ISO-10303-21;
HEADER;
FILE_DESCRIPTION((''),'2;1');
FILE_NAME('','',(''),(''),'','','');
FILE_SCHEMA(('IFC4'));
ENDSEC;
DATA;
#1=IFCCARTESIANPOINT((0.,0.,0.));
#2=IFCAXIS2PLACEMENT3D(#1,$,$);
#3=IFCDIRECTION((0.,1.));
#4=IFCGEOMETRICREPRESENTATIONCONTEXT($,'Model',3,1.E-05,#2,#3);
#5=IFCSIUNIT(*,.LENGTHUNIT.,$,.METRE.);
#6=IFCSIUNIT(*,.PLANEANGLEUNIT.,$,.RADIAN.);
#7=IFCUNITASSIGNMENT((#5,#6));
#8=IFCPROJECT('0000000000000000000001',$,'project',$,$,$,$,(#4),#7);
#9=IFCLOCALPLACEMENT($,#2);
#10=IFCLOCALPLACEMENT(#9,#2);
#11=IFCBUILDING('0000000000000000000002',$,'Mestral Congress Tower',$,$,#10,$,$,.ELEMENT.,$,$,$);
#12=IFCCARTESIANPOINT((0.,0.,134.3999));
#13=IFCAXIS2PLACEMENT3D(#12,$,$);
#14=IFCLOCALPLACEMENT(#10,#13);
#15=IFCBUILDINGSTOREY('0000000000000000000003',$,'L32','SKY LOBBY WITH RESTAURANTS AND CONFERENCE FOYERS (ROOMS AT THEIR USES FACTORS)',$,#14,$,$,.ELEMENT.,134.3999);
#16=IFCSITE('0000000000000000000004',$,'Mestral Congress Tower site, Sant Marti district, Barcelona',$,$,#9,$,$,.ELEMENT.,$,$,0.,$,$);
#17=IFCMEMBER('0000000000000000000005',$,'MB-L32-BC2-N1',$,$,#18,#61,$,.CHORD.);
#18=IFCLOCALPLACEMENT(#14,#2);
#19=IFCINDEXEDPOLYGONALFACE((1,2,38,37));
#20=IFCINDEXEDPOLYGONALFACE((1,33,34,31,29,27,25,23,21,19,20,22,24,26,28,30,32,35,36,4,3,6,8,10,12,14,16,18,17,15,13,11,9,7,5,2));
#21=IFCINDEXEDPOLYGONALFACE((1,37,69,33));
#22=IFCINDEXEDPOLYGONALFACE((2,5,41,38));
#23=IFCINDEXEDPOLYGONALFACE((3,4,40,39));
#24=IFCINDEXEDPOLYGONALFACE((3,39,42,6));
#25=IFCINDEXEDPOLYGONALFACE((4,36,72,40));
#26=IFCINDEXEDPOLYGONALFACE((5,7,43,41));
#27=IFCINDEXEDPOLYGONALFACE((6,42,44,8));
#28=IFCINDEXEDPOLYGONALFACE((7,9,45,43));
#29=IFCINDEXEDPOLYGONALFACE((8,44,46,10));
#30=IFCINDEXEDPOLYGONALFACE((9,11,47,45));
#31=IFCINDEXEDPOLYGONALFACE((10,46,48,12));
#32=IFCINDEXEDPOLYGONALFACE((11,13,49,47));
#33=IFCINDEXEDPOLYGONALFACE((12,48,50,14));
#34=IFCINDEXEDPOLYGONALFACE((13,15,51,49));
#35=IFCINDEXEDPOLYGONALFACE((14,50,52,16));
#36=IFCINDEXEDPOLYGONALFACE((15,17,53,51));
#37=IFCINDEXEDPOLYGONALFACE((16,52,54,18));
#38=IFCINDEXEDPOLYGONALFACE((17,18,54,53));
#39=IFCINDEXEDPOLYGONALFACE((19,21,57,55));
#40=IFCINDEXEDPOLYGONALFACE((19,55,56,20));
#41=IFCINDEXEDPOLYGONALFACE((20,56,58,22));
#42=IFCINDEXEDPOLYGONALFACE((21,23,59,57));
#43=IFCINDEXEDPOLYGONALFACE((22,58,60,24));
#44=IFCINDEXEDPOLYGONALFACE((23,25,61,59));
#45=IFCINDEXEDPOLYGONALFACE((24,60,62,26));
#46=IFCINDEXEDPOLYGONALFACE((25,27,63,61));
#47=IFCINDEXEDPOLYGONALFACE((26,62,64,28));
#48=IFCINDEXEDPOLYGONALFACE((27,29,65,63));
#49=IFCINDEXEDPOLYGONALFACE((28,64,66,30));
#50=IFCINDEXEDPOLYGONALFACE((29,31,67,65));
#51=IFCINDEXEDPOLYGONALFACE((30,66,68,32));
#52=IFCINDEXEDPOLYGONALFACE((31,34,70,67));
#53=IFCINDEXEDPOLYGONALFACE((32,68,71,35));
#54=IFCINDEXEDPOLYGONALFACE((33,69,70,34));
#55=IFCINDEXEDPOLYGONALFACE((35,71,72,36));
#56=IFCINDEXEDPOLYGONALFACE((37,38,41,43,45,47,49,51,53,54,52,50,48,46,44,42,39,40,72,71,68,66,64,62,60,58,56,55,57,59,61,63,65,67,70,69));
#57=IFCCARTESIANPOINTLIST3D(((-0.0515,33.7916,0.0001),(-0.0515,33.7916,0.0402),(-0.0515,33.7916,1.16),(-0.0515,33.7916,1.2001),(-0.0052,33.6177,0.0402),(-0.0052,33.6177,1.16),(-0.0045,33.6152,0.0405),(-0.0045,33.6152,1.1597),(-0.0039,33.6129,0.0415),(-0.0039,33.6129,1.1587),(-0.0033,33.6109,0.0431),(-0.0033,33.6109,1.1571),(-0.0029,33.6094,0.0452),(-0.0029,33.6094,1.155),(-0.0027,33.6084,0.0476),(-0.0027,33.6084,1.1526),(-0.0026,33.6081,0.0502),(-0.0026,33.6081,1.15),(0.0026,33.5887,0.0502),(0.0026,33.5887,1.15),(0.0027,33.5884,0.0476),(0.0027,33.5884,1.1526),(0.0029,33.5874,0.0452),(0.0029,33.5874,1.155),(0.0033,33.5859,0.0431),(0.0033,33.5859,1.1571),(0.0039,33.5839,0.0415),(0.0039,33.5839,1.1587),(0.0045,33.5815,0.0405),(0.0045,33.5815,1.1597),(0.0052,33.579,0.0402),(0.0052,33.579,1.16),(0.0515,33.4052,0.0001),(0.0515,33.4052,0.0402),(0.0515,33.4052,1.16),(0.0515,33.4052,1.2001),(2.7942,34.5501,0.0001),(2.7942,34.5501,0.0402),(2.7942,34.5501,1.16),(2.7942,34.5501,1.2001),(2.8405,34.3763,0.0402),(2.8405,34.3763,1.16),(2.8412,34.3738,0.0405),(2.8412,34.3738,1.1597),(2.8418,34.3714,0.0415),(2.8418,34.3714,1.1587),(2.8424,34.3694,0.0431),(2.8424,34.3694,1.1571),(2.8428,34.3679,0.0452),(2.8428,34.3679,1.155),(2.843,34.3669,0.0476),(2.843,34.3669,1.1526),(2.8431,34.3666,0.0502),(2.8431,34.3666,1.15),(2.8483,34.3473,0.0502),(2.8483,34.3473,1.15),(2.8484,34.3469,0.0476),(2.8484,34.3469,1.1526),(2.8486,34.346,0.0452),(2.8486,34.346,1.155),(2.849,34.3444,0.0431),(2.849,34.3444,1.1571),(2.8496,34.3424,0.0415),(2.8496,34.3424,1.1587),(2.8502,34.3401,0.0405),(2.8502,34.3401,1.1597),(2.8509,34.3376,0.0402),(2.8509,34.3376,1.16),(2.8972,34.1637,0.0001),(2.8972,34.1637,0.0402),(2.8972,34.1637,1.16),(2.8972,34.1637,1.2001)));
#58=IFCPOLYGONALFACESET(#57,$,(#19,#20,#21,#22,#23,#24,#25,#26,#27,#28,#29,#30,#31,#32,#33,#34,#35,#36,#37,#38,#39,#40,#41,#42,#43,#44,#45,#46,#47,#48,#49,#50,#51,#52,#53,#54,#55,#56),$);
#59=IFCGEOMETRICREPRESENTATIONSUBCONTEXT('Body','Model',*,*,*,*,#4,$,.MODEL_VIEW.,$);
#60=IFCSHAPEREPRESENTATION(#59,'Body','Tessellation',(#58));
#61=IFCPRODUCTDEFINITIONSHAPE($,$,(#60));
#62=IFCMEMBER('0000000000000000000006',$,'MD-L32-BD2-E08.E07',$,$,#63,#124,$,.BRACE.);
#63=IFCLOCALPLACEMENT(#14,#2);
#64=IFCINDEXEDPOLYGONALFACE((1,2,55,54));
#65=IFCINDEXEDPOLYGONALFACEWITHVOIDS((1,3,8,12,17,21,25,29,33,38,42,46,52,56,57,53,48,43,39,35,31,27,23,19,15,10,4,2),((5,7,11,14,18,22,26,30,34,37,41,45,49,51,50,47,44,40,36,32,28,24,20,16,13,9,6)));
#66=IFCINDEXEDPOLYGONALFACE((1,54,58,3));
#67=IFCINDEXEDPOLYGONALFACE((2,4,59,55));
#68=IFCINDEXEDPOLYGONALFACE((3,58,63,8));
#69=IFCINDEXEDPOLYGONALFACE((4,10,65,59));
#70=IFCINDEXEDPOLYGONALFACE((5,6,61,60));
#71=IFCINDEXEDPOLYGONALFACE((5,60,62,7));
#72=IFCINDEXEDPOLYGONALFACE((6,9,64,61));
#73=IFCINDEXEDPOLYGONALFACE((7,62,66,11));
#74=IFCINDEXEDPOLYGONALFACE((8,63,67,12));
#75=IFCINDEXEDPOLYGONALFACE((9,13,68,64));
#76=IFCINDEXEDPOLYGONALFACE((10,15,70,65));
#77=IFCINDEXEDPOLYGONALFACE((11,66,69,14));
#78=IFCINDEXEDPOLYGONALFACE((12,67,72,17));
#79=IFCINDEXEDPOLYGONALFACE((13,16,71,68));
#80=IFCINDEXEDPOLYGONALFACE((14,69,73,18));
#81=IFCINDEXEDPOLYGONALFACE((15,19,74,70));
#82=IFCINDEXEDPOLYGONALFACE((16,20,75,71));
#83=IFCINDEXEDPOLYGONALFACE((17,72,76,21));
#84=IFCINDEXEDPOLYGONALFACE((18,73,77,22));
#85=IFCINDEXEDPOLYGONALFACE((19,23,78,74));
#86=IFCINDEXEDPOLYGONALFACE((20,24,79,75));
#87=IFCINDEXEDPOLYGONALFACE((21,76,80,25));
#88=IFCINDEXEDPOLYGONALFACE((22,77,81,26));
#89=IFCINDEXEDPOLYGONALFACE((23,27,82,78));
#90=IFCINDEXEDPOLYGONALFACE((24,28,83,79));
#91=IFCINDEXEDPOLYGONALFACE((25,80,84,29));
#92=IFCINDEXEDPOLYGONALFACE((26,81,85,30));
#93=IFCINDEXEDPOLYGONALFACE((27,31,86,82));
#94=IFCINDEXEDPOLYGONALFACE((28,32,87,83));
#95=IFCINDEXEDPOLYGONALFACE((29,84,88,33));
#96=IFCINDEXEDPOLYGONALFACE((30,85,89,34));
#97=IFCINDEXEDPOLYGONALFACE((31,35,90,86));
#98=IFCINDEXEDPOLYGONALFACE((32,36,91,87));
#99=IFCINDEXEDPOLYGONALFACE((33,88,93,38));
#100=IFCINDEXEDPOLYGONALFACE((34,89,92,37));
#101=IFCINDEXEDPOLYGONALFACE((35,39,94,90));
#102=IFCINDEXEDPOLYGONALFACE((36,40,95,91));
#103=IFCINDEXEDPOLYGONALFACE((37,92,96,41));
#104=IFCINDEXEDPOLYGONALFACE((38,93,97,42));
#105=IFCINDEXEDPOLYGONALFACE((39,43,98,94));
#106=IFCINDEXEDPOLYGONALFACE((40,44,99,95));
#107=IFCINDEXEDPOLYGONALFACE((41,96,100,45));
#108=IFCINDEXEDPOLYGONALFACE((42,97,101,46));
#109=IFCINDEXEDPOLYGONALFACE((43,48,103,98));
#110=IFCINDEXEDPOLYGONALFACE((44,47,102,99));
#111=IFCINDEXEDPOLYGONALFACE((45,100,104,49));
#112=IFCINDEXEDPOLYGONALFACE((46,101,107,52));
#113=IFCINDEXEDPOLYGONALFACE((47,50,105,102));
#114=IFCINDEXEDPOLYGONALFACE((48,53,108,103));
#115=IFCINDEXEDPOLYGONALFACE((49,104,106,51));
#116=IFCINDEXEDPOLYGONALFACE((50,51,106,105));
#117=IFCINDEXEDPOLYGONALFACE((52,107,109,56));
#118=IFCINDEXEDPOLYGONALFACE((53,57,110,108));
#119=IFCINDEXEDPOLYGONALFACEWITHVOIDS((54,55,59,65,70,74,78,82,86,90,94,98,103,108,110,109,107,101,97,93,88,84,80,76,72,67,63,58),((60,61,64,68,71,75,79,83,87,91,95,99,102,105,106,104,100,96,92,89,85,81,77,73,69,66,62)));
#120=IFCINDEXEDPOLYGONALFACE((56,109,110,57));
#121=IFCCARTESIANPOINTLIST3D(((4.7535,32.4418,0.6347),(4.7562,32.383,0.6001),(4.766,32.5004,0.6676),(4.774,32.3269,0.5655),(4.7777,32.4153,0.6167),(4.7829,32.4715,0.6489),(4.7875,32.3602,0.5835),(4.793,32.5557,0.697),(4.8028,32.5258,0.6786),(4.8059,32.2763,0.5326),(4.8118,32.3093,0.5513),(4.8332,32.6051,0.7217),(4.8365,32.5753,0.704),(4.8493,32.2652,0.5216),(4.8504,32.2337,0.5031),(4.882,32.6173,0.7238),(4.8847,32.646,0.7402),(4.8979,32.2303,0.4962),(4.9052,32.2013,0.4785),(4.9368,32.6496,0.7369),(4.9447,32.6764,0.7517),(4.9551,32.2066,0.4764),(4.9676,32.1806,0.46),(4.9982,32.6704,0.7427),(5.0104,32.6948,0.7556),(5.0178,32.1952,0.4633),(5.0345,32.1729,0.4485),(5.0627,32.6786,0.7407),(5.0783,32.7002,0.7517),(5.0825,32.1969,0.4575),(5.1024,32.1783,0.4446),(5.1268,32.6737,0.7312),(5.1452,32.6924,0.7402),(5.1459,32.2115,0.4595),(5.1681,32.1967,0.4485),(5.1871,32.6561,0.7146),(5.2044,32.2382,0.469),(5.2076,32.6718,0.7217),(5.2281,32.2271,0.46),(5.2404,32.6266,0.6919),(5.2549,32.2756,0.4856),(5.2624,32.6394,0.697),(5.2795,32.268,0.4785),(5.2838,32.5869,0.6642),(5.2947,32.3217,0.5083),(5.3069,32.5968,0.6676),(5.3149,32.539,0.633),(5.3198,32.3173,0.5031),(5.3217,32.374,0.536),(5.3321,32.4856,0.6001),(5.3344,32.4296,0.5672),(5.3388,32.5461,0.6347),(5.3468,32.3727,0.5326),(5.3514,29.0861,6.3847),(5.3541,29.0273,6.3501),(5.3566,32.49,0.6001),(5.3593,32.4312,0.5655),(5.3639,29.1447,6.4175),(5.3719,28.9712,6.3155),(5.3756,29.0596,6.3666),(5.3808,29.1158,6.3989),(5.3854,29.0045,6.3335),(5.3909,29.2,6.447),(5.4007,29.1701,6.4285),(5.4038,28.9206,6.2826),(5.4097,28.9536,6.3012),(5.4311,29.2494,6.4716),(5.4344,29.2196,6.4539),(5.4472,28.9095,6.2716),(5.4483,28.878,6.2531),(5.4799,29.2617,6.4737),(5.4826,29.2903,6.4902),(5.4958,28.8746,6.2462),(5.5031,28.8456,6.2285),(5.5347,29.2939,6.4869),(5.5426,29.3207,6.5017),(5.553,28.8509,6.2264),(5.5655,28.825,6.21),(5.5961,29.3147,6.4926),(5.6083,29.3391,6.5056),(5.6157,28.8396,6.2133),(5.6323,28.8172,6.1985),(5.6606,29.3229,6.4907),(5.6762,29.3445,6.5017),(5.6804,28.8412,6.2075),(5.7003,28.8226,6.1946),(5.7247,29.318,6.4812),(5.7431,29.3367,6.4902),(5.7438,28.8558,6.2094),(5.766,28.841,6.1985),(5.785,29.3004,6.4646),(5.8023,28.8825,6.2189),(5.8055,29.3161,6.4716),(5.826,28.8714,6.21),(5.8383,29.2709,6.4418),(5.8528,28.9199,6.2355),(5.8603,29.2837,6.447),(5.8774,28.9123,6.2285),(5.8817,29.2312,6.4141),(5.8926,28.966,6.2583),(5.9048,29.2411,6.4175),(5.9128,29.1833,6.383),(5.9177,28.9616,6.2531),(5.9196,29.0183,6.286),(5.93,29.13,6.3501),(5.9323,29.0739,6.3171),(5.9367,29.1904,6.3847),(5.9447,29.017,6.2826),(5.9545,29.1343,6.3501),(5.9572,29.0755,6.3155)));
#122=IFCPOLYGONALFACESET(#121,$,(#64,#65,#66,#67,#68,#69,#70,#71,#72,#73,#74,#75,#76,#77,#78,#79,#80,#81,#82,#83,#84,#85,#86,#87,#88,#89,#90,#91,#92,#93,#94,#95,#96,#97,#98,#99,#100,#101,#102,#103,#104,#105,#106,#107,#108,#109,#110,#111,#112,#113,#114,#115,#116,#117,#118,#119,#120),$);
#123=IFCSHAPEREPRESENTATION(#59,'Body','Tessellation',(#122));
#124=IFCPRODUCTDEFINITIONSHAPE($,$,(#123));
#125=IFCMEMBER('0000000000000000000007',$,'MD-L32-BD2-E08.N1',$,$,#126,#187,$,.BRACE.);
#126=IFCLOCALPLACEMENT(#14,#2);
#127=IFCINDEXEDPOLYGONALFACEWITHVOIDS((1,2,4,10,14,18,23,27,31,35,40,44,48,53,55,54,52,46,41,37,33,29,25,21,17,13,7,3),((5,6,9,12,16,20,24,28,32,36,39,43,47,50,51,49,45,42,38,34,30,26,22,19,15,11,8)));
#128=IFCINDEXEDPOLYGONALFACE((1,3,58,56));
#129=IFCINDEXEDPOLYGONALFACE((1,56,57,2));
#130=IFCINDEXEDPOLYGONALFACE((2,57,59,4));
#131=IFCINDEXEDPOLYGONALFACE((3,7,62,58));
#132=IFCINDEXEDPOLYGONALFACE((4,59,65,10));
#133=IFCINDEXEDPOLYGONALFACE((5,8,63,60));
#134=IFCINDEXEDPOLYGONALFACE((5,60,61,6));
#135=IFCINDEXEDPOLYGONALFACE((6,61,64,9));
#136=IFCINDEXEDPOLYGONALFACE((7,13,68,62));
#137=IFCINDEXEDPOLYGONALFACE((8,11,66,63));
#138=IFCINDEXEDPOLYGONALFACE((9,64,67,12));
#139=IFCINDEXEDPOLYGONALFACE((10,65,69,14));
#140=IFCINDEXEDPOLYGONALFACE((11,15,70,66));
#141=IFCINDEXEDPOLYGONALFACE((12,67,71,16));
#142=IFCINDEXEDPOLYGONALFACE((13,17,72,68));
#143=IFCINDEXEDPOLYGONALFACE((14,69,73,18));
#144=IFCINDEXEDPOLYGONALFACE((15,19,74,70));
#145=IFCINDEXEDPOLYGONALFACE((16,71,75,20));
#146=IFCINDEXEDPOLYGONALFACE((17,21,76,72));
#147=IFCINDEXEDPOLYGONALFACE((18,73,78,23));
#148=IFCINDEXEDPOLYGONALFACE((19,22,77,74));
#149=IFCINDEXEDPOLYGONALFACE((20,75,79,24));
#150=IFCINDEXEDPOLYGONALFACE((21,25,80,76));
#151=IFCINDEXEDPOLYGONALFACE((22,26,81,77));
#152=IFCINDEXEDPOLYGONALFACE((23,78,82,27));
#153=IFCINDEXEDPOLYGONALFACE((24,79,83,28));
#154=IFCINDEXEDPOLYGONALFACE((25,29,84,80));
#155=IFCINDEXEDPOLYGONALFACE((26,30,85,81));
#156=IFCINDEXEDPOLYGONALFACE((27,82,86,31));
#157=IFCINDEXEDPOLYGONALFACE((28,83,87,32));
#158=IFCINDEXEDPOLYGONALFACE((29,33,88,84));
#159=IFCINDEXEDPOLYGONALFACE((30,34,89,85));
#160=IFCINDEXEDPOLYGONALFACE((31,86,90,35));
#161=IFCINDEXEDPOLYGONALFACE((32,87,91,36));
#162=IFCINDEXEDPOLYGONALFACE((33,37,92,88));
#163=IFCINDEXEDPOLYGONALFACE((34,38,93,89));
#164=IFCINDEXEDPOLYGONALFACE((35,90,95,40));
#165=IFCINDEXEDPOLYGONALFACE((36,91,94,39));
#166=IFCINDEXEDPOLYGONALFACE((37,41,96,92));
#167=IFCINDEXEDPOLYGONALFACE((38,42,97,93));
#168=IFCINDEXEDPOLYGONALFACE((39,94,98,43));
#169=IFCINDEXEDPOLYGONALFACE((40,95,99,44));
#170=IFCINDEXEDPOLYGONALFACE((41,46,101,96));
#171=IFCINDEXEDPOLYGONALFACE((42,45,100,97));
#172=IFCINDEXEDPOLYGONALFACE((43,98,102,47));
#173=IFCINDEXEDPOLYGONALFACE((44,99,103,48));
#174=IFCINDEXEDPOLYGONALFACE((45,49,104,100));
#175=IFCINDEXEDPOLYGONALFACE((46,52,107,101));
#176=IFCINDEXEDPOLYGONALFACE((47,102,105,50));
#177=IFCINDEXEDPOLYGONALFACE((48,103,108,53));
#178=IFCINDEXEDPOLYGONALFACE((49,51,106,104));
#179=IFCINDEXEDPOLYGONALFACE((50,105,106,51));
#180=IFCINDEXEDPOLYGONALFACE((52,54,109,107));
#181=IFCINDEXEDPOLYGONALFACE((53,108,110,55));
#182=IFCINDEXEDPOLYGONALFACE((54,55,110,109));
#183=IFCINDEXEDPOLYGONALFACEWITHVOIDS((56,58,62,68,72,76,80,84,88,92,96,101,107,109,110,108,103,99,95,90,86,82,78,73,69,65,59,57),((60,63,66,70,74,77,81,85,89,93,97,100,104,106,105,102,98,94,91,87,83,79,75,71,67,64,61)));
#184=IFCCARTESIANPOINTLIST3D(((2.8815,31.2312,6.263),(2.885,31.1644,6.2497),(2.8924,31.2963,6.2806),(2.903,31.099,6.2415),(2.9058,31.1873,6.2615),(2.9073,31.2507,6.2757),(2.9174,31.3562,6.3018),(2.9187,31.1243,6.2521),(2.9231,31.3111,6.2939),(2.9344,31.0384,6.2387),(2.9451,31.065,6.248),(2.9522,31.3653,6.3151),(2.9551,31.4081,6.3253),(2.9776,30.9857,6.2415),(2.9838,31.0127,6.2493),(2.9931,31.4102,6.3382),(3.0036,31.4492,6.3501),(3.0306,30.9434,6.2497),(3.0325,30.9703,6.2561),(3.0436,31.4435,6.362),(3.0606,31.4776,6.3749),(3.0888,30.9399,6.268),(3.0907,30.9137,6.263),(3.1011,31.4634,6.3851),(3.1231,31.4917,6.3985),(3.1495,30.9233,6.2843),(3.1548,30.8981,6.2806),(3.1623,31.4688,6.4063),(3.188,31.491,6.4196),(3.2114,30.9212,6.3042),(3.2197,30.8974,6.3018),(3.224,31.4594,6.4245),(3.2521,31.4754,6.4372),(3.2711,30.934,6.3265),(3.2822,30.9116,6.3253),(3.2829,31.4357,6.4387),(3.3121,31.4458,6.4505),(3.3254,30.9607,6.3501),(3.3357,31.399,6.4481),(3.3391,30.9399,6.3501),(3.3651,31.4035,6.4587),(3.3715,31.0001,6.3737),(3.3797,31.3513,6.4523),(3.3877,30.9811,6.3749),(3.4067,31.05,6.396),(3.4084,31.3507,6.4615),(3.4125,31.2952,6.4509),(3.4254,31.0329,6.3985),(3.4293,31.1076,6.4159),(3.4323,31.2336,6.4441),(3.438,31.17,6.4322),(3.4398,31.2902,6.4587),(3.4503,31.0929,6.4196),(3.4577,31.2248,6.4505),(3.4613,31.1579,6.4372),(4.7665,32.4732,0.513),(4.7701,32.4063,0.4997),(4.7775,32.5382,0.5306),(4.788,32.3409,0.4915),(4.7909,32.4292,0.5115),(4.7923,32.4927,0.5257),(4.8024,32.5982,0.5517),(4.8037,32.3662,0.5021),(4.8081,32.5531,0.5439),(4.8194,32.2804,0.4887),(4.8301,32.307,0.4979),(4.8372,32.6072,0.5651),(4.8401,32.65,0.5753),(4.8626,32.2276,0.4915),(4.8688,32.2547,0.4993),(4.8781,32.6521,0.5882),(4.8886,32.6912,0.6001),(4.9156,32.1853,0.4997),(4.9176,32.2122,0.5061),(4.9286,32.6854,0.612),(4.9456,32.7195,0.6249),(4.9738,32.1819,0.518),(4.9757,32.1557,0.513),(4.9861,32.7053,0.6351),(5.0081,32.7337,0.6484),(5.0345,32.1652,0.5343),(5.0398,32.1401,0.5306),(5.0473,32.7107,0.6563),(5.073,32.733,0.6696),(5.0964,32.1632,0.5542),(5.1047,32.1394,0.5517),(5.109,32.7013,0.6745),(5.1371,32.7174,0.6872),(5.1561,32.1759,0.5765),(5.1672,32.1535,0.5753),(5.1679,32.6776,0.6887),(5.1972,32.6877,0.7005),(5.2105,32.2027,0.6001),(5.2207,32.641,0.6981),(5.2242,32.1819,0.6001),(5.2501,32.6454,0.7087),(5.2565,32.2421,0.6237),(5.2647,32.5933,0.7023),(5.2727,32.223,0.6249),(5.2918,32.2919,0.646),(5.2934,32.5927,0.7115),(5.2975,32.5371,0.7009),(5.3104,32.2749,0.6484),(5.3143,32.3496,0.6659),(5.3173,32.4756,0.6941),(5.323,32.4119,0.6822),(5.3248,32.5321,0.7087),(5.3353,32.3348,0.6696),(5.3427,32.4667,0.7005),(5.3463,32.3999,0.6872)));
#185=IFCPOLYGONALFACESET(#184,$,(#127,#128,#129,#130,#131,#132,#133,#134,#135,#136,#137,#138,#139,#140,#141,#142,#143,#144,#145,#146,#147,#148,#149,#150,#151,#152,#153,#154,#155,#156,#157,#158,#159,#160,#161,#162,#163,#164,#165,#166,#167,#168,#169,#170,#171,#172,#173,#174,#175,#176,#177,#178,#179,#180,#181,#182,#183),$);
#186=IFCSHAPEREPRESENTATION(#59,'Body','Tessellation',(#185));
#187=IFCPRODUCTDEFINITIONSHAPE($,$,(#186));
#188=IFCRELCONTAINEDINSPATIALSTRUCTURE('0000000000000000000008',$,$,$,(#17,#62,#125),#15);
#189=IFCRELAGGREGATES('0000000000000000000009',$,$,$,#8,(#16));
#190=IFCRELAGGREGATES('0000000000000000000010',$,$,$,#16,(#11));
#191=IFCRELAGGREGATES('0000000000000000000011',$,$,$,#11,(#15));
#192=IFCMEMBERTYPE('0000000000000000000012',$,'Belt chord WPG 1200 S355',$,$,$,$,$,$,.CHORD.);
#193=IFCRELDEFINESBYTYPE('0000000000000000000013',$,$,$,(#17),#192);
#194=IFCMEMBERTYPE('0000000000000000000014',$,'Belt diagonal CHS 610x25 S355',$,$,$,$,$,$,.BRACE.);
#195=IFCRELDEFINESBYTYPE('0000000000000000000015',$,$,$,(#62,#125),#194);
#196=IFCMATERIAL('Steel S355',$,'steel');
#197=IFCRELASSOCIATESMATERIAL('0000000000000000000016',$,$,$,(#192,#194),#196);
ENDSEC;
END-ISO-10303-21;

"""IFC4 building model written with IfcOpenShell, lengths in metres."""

from ifc_helpers import new_model, si_unit, direction, frame, origin, origin_2d, place, context, subcontext, project, spatial, hollow_circle, i_section, extrude, material, material_profile, profile_set, type_object, element, save


model = new_model("IFC4")

# Units and contexts
model_context = context("Model", 3, precision=1e-05, world=origin(), true_north=direction((0.0, 1.0)))
body_context = subcontext(model_context, "Body", "Model", "MODEL_VIEW")
ifc_project = project(units=[si_unit("LENGTHUNIT", "METRE"), si_unit("PLANEANGLEUNIT", "RADIAN")], contexts=[model_context])

# Site, building, storey
site_placement = place(None, origin())
site = spatial("IfcSite", under=ifc_project, at=site_placement, Name="Mestral Congress Tower site, Sant Marti district, Barcelona", CompositionType="ELEMENT", RefElevation=0.0)
building_placement = place(site_placement, origin())
building = spatial("IfcBuilding", under=site, at=building_placement, Name="Mestral Congress Tower", CompositionType="ELEMENT")
storey_placement = place(building_placement, frame((0.0, 0.0, 134.3999)))
storey = spatial("IfcBuildingStorey", under=building, at=storey_placement, Name="L32", Description="SKY LOBBY WITH RESTAURANTS AND CONFERENCE FOYERS (ROOMS AT THEIR USES FACTORS)", CompositionType="ELEMENT", Elevation=134.3999)

# Members
ifc_material_1 = material(Name="Steel S355", Category="steel")
ifc_material_profile_1 = material_profile(ifc_material_1, i_section(OverallWidth=0.3999, OverallDepth=1.2, WebThickness=0.02, FlangeThickness=0.04, FilletRadius=0.01, at=origin_2d()), Name="WPG 1200")
ifc_profile_set_1 = profile_set([ifc_material_profile_1], Name="Steel S355")
member_type_1 = type_object("IfcMemberType", Name="Belt chord WPG 1200 S355", PredefinedType="CHORD", material=ifc_profile_set_1)
member_1_placement = place(storey_placement, frame((2.8457, 34.3569, 0.6001), z_axis=(-0.966261, -0.257565, 0.0), x_axis=(0.257565, -0.966261, 0.0)))
element("IfcMember", 1, at=member_1_placement, inside=storey, type_object=member_type_1, Name="MB-L32-BC2-N1", PredefinedType="CHORD", context=body_context, shape_type="SweptSolid", body=[
    extrude(i_section(OverallWidth=0.3999, OverallDepth=1.2, WebThickness=0.02, FlangeThickness=0.04, FilletRadius=0.01, at=origin_2d()), origin(), (0.0, 0.0, 1.0), 2.9451),
])
ifc_material_profile_2 = material_profile(ifc_material_1, hollow_circle(Radius=0.3049, WallThickness=0.0249, at=origin_2d()), Name="CHS 610x25")
ifc_profile_set_2 = profile_set([ifc_material_profile_2], Name="Steel S355")
member_type_2 = type_object("IfcMemberType", Name="Belt diagonal CHS 610x25 S355", PredefinedType="BRACE", material=ifc_profile_set_2)
member_2_placement = place(storey_placement, frame((5.0564, 32.4365, 0.6001), z_axis=(0.089448, -0.502024, 0.860216), x_axis=(0.984495, 0.175411, 0.0)))
element("IfcMember", 2, at=member_2_placement, inside=storey, type_object=member_type_2, Name="MD-L32-BD2-E08.E07", PredefinedType="BRACE", context=body_context, shape_type="SweptSolid", body=[
    extrude(hollow_circle(Radius=0.3049, WallThickness=0.0249, at=origin_2d()), origin(), (0.0, 0.0, 1.0), 6.6843),
])
member_3_placement = place(storey_placement, frame((5.0564, 32.4365, 0.6001), z_axis=(-0.305154, -0.201052, 0.930838), x_axis=(0.550175, -0.83505, 0.0)))
element("IfcMember", 3, at=member_3_placement, inside=storey, type_object=member_type_2, Name="MD-L32-BD2-E08.N1", PredefinedType="BRACE", context=body_context, shape_type="SweptSolid", body=[
    extrude(hollow_circle(Radius=0.3049, WallThickness=0.0249, at=origin_2d()), origin(), (0.0, 0.0, 1.0), 6.1772),
])

save(model, "model.ifc")
